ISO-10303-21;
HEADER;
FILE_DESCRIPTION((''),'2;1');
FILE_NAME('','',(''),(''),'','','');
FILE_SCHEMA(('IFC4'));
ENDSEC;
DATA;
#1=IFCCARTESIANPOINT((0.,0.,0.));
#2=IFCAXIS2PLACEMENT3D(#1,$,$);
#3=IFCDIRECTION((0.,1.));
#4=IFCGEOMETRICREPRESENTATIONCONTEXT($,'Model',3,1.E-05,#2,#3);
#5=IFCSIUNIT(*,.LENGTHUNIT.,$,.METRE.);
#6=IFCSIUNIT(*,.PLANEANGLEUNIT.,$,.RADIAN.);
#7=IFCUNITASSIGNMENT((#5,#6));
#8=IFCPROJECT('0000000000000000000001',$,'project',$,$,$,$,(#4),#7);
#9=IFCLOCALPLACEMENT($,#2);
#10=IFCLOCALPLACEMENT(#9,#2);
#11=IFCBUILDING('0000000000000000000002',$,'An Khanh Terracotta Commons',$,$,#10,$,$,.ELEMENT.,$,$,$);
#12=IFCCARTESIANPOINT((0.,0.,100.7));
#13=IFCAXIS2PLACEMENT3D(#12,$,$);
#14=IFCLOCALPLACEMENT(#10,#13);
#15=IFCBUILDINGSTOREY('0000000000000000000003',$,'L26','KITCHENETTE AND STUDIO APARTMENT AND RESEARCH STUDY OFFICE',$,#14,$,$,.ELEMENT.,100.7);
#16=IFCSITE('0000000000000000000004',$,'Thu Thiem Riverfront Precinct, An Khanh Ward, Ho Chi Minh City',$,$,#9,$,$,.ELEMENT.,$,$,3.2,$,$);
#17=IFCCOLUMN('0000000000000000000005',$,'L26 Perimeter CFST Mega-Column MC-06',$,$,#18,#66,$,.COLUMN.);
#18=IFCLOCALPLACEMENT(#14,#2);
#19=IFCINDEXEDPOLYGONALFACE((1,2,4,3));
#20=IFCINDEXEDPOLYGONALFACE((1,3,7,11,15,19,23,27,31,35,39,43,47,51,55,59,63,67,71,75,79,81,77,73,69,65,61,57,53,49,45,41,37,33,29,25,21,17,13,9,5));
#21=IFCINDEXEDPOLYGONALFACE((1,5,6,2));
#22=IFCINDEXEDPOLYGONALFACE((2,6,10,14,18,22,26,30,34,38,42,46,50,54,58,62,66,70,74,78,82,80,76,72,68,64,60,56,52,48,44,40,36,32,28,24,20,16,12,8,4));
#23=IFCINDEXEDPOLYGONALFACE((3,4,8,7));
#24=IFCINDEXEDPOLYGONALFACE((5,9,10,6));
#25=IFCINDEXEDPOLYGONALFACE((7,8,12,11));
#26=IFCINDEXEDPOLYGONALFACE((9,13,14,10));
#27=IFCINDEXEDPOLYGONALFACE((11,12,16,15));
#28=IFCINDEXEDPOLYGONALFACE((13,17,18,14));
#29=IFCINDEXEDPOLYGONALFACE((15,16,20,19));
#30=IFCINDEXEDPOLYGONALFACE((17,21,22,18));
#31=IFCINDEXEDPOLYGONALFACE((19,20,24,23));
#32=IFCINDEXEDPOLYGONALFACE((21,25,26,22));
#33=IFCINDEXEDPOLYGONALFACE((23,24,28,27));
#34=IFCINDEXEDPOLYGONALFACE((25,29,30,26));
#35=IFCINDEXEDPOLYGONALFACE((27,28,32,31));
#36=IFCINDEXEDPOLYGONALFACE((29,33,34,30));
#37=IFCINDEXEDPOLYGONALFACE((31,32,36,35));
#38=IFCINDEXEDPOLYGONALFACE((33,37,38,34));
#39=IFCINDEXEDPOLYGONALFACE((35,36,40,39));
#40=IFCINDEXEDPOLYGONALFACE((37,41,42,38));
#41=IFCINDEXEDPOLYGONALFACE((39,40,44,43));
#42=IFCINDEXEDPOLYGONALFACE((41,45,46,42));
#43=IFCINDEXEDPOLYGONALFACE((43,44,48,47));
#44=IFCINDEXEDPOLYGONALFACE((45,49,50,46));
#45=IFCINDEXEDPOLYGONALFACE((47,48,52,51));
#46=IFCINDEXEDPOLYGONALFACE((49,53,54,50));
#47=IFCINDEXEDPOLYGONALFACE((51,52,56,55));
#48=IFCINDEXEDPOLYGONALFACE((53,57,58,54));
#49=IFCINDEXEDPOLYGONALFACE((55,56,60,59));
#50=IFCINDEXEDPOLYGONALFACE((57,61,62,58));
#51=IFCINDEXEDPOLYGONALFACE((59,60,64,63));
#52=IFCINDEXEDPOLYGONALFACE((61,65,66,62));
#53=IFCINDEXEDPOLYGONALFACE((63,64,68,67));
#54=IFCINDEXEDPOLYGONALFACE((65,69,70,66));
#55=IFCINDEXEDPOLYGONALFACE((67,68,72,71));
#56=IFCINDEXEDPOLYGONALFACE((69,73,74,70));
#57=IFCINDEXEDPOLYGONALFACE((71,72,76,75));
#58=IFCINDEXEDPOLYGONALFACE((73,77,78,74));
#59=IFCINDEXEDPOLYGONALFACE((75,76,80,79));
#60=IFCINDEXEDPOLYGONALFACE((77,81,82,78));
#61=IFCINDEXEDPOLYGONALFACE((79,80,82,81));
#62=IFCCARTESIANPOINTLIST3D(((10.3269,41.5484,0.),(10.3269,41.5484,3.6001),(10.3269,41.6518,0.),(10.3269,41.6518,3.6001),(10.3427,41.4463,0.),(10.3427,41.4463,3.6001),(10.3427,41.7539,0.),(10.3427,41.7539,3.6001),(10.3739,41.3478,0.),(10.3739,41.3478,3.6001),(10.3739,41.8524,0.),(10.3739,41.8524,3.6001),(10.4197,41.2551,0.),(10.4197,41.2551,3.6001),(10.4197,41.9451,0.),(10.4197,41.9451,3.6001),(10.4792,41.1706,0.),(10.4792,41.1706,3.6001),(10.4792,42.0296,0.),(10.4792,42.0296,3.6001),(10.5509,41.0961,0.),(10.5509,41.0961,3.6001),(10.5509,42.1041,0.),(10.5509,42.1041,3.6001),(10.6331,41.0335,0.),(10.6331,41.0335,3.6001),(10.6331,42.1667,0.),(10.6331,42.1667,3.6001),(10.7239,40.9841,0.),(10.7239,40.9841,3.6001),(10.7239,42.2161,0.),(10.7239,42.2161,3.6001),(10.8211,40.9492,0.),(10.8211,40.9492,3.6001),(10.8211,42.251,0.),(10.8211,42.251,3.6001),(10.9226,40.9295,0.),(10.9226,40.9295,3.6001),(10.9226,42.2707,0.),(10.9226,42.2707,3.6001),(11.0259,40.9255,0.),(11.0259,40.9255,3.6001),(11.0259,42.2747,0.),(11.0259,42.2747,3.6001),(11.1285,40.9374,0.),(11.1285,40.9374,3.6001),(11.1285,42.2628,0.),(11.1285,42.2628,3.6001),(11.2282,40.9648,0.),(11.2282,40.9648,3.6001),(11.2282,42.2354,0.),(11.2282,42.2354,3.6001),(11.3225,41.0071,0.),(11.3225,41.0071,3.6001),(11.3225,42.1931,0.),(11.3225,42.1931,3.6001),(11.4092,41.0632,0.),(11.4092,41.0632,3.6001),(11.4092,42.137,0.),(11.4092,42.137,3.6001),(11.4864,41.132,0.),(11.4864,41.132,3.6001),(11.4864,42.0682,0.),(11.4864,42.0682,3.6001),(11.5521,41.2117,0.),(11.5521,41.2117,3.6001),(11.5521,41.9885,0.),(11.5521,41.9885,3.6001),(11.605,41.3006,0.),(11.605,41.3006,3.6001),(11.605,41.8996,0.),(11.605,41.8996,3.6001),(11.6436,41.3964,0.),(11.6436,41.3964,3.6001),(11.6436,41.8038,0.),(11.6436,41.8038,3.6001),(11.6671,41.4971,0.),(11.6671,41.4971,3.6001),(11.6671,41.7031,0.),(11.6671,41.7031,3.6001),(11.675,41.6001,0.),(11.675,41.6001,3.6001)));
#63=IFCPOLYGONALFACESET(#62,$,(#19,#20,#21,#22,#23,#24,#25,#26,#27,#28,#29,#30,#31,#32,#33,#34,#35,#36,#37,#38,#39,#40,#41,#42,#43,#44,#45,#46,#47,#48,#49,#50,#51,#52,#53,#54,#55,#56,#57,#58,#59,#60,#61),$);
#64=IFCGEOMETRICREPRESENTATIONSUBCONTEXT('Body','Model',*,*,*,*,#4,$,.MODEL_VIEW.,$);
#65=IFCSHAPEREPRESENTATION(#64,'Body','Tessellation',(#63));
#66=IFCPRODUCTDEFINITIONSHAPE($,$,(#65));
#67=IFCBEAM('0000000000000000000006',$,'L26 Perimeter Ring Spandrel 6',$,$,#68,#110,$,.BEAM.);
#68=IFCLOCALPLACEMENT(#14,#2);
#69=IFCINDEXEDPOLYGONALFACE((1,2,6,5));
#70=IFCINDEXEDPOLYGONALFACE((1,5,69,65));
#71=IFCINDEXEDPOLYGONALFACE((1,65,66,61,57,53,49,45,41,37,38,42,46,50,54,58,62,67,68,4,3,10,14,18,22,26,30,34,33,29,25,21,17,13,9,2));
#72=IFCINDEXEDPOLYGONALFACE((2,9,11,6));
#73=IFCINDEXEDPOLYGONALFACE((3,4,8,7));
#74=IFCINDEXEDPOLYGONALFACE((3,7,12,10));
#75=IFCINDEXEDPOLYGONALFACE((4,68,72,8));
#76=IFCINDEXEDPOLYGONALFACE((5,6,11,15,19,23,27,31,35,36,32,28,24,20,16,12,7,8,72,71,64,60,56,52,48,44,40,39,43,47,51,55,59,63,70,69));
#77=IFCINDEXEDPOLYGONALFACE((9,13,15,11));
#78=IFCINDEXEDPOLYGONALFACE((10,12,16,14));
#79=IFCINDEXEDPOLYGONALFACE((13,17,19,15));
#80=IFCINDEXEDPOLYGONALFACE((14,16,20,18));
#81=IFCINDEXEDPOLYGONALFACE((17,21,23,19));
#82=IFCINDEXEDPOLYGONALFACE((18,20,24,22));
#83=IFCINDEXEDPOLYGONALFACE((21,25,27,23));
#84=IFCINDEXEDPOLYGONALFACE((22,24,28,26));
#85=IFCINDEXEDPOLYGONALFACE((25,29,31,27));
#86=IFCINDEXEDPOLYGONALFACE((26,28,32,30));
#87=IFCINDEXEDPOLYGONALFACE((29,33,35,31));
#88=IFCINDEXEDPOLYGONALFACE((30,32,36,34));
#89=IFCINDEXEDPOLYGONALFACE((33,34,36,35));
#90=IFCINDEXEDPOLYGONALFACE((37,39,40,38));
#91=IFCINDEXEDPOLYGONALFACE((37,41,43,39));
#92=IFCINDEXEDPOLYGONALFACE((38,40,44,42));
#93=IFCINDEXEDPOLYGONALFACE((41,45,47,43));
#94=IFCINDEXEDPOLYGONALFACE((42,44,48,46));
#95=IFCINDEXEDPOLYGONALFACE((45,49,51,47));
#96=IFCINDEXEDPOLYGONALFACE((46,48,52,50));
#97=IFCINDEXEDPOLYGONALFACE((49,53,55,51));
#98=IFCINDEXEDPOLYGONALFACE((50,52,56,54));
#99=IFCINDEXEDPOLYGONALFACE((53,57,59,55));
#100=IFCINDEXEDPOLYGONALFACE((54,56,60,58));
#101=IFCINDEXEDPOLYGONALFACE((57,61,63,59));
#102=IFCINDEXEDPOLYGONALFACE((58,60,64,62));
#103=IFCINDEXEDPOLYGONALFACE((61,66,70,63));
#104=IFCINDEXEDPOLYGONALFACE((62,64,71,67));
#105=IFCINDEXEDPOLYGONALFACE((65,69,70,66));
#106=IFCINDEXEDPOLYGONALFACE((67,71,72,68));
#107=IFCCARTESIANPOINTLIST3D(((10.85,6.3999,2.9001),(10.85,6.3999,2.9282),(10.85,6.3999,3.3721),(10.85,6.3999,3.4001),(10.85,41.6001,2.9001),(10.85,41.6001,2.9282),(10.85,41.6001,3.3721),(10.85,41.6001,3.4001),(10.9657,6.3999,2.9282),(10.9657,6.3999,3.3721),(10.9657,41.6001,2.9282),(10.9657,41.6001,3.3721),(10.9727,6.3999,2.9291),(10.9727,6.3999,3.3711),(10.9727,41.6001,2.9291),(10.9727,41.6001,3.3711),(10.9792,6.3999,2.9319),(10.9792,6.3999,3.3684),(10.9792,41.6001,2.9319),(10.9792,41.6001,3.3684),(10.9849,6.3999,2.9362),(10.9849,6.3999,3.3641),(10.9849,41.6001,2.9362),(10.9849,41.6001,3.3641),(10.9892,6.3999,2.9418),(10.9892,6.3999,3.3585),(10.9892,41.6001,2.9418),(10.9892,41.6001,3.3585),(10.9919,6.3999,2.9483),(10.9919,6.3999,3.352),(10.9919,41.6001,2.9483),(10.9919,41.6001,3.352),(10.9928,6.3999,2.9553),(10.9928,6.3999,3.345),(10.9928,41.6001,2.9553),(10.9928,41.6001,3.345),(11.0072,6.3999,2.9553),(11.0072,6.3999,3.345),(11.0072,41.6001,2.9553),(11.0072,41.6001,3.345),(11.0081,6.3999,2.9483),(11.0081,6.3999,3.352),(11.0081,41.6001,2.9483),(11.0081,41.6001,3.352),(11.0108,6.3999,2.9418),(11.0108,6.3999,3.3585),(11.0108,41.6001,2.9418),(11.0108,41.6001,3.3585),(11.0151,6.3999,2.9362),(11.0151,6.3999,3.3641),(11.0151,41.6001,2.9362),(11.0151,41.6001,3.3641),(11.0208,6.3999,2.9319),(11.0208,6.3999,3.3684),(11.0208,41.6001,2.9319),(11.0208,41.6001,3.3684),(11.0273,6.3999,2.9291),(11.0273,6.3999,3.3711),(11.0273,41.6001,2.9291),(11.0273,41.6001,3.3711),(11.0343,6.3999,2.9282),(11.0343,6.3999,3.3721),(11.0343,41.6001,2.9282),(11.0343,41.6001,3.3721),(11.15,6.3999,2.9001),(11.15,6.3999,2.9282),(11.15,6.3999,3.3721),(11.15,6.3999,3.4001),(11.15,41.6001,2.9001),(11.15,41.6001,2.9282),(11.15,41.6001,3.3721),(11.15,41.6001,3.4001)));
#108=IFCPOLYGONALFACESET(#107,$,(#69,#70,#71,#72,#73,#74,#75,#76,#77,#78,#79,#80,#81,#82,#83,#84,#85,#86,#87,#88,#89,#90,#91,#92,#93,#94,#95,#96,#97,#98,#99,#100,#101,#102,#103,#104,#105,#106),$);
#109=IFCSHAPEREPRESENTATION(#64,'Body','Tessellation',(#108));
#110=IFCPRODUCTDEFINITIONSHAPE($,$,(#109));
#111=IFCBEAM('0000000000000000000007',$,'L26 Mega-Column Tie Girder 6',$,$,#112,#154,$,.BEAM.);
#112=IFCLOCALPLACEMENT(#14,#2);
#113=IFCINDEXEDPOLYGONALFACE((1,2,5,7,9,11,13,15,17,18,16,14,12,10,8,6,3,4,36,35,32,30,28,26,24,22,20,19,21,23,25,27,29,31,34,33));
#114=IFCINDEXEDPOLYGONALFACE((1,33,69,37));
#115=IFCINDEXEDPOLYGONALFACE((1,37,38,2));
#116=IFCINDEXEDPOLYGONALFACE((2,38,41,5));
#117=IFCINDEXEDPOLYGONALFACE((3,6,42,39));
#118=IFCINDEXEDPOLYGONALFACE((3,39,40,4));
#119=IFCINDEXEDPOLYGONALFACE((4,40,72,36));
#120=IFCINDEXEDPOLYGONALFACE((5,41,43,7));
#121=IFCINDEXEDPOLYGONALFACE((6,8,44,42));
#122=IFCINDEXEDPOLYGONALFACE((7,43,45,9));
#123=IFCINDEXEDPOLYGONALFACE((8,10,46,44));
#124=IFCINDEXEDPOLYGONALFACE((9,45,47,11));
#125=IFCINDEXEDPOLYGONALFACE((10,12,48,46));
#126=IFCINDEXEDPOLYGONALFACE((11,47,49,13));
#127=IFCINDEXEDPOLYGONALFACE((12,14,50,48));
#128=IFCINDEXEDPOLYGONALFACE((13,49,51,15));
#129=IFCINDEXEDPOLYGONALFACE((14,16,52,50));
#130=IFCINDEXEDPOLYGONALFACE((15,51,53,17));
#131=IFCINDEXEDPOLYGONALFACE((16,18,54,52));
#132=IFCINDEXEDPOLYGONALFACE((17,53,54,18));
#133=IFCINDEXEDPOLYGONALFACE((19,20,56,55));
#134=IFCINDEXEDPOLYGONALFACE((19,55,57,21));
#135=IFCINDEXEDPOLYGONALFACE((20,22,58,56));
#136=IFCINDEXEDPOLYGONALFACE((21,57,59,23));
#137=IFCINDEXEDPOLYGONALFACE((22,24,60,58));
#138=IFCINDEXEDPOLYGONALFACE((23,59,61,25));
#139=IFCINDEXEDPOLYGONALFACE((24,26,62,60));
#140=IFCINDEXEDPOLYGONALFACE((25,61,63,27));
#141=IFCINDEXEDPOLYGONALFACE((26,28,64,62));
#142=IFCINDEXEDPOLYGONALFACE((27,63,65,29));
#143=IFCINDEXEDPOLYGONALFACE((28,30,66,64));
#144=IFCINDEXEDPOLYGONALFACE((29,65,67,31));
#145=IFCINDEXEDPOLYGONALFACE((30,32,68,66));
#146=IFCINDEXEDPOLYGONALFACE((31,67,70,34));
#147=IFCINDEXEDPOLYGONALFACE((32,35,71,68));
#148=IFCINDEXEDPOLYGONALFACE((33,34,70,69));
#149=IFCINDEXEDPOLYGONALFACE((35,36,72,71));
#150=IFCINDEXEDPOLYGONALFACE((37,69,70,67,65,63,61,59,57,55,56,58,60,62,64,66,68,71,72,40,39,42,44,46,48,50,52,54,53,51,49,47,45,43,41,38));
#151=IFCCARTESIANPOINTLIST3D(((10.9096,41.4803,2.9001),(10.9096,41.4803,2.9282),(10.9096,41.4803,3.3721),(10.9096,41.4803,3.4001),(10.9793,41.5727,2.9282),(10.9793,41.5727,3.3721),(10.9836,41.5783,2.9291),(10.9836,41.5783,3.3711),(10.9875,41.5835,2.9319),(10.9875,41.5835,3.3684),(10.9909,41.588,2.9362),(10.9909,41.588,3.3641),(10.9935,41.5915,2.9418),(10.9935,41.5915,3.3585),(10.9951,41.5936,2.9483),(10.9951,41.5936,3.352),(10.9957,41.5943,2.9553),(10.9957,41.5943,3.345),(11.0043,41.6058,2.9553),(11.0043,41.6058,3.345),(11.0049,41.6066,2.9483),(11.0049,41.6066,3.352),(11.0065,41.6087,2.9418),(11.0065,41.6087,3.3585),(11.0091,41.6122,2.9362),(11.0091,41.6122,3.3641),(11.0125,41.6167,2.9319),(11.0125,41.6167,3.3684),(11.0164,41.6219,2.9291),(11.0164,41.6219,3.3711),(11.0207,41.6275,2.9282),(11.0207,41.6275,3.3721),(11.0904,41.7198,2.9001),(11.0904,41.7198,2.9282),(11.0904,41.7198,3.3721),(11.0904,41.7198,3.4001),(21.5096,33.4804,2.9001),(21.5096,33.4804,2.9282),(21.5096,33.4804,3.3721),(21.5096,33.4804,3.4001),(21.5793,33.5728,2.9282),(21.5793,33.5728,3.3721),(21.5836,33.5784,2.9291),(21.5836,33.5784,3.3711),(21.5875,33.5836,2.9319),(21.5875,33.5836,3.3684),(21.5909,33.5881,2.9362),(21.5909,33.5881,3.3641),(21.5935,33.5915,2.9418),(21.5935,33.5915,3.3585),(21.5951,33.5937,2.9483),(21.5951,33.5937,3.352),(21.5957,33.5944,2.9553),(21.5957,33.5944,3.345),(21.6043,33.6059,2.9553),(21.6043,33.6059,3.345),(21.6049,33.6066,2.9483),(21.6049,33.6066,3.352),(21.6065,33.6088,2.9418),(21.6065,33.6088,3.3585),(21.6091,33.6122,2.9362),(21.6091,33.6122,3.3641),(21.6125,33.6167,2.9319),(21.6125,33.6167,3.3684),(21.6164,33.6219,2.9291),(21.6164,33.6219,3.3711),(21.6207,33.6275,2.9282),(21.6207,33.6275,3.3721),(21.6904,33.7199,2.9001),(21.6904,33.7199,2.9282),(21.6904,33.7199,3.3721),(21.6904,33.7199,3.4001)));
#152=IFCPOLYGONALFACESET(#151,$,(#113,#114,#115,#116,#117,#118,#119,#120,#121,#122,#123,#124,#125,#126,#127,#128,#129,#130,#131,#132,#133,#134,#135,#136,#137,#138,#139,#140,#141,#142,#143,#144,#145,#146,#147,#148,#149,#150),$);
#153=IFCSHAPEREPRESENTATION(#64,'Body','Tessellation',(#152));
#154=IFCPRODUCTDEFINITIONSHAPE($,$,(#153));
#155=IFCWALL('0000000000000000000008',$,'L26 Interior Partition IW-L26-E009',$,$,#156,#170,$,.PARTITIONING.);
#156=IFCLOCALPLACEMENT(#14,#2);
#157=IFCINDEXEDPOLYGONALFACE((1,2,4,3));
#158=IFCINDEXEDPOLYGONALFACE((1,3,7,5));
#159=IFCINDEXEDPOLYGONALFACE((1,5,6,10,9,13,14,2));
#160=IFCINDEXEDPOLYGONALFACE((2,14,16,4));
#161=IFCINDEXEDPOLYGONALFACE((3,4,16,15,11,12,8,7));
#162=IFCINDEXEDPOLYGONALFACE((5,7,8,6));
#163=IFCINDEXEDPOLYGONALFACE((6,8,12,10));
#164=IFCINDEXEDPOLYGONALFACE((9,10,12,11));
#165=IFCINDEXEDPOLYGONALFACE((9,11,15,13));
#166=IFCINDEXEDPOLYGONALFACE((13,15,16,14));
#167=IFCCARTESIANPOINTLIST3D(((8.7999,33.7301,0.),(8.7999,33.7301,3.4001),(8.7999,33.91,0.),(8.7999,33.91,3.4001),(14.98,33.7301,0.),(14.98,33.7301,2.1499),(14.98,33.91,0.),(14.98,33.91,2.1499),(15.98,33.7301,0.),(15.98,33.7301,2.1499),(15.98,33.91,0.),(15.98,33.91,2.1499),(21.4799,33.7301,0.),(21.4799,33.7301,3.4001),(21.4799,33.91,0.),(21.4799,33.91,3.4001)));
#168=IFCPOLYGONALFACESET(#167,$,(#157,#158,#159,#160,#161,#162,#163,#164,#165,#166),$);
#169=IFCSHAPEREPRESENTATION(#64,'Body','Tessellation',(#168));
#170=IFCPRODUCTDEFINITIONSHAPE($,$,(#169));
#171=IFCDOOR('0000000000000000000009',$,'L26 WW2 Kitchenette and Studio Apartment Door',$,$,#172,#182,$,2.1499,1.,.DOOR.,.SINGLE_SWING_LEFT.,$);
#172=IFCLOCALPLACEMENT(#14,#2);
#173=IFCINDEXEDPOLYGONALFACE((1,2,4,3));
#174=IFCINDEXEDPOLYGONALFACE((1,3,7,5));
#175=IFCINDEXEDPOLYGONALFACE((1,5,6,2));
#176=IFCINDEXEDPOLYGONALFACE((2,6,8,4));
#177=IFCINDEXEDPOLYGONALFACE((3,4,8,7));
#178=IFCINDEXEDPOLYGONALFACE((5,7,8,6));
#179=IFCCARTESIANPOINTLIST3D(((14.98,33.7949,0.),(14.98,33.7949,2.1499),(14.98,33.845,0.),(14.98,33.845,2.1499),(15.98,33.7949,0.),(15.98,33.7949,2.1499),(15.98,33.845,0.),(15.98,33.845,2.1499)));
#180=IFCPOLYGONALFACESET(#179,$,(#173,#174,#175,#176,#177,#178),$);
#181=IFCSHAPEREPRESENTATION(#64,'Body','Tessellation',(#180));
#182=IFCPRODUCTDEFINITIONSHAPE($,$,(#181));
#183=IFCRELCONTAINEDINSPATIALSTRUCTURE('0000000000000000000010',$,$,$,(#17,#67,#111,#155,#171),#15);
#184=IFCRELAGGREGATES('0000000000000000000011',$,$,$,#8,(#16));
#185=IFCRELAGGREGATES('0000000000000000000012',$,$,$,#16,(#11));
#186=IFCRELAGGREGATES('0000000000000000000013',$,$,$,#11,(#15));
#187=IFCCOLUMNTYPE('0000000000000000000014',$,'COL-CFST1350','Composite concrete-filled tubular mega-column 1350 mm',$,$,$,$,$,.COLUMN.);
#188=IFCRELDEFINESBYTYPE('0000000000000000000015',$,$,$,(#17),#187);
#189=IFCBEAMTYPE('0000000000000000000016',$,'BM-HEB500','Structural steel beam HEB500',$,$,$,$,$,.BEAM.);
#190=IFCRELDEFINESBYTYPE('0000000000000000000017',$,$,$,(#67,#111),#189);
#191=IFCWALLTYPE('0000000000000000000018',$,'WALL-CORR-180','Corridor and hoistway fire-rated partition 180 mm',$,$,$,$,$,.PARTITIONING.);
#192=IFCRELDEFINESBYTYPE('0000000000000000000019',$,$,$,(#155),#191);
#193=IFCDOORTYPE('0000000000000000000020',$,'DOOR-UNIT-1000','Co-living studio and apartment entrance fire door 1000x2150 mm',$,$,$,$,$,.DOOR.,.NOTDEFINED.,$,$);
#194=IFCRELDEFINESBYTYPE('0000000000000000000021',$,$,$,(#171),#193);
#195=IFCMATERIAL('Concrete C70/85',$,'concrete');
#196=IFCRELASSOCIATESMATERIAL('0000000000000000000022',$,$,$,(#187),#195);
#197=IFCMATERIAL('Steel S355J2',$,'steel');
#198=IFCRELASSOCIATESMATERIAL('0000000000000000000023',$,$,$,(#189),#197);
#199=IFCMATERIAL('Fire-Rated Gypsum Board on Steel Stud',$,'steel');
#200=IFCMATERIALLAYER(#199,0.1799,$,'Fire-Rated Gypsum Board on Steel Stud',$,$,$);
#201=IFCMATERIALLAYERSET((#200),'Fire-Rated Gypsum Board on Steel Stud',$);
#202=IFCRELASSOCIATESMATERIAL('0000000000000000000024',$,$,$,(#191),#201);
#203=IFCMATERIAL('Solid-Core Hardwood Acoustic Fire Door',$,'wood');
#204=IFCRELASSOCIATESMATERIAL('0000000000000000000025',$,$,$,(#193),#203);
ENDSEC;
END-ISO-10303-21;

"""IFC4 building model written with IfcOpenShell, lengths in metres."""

from ifc_helpers import new_model, si_unit, direction, frame, frame_2d, origin, origin_2d, place, context, subcontext, project, spatial, rectangle, circle, i_section, extrude, material, layer, layer_set, material_profile, profile_set, type_object, element, fill, save


model = new_model("IFC4")

# Units and contexts
model_context = context("Model", 3, precision=1e-05, world=origin(), true_north=direction((0.0, 1.0)))
body_context = subcontext(model_context, "Body", "Model", "MODEL_VIEW")
ifc_project = project(units=[si_unit("LENGTHUNIT", "METRE"), si_unit("PLANEANGLEUNIT", "RADIAN")], contexts=[model_context])

# Site, building, storey
site_placement = place(None, origin())
site = spatial("IfcSite", under=ifc_project, at=site_placement, Name="Thu Thiem Riverfront Precinct, An Khanh Ward, Ho Chi Minh City", CompositionType="ELEMENT", RefElevation=3.2)
building_placement = place(site_placement, origin())
building = spatial("IfcBuilding", under=site, at=building_placement, Name="An Khanh Terracotta Commons", CompositionType="ELEMENT")
storey_placement = place(building_placement, frame((0.0, 0.0, 100.7)))
storey = spatial("IfcBuildingStorey", under=building, at=storey_placement, Name="L26", Description="KITCHENETTE AND STUDIO APARTMENT AND RESEARCH STUDY OFFICE", CompositionType="ELEMENT", Elevation=100.7)

# Column
ifc_material_1 = material(Name="Concrete C70/85", Category="concrete")
ifc_material_profile_1 = material_profile(ifc_material_1, circle(Radius=0.675, at=origin_2d()), Name="CFST1350")
ifc_profile_set_1 = profile_set([ifc_material_profile_1], Name="Concrete C70/85")
column_type = type_object("IfcColumnType", Name="COL-CFST1350", Description="Composite concrete-filled tubular mega-column 1350 mm", PredefinedType="COLUMN", material=ifc_profile_set_1)
column_placement = place(storey_placement, frame((11.0, 41.6001, 0.0), z_axis=(0.0, 0.0, 1.0), x_axis=(1.0, 0.0, 0.0)))
element("IfcColumn", 1, at=column_placement, inside=storey, type_object=column_type, Name="L26 Perimeter CFST Mega-Column MC-06", PredefinedType="COLUMN", context=body_context, shape_type="SweptSolid", body=[
    extrude(circle(Radius=0.675, at=origin_2d()), origin(), (0.0, 0.0, 1.0), 3.6001),
])

# Beams
ifc_material_2 = material(Name="Steel S355J2", Category="steel")
ifc_material_profile_2 = material_profile(ifc_material_2, i_section(OverallWidth=0.3, OverallDepth=0.5, WebThickness=0.0144, FlangeThickness=0.0281, FilletRadius=0.0271, at=origin_2d()), Name="HEB500")
ifc_profile_set_2 = profile_set([ifc_material_profile_2], Name="Steel S355J2")
beam_type = type_object("IfcBeamType", Name="BM-HEB500", Description="Structural steel beam HEB500", PredefinedType="BEAM", material=ifc_profile_set_2)
beam_1_placement = place(storey_placement, frame((11.0, 41.6001, 3.1501), z_axis=(0.0, -1.0, 0.0), x_axis=(1.0, 0.0, 0.0)))
element("IfcBeam", 2, at=beam_1_placement, inside=storey, type_object=beam_type, Name="L26 Perimeter Ring Spandrel 6", PredefinedType="BEAM", context=body_context, shape_type="SweptSolid", body=[
    extrude(i_section(OverallWidth=0.3, OverallDepth=0.5, WebThickness=0.0144, FlangeThickness=0.0281, FilletRadius=0.0271, at=origin_2d()), origin(), (0.0, 0.0, 1.0), 35.2002),
])
beam_2_placement = place(storey_placement, frame((11.0, 41.6001, 3.1501), z_axis=(0.798192, -0.602403, 0.0), x_axis=(0.602403, 0.798192, 0.0)))
element("IfcBeam", 3, at=beam_2_placement, inside=storey, type_object=beam_type, Name="L26 Mega-Column Tie Girder 6", PredefinedType="BEAM", context=body_context, shape_type="SweptSolid", body=[
    extrude(i_section(OverallWidth=0.3, OverallDepth=0.5, WebThickness=0.0144, FlangeThickness=0.0281, FilletRadius=0.0271, at=origin_2d()), origin(), (0.0, 0.0, 1.0), 13.28),
])

# Wall, opening, door
ifc_material_3 = material(Name="Fire-Rated Gypsum Board on Steel Stud", Category="steel")
ifc_layer_1 = layer(ifc_material_3, 0.1799, Name="Fire-Rated Gypsum Board on Steel Stud")
ifc_layer_set_1 = layer_set([ifc_layer_1], Name="Fire-Rated Gypsum Board on Steel Stud")
wall_type_1 = type_object("IfcWallType", Name="WALL-CORR-180", Description="Corridor and hoistway fire-rated partition 180 mm", PredefinedType="PARTITIONING", material=ifc_layer_set_1)
wall_1_placement = place(storey_placement, frame((8.8, 33.8201, 0.0), z_axis=(0.0, 0.0, 1.0), x_axis=(1.0, 0.0, 0.0)))
wall_1 = element("IfcWall", 4, at=wall_1_placement, inside=storey, type_object=wall_type_1, Name="L26 Interior Partition IW-L26-E009", PredefinedType="PARTITIONING", context=body_context, shape_type="SweptSolid", body=[
    extrude(rectangle(XDim=12.6799, YDim=0.1799, at=frame_2d((6.3398, 0.0))), origin(), (0.0, 0.0, 1.0), 3.4001),
])
opening_1_placement = place(wall_1_placement, frame((6.1799, 0.0, 0.0)))
opening_1 = element("IfcOpeningElement", 5, at=opening_1_placement, cuts=wall_1, PredefinedType="OPENING", context=body_context, shape_type="SweptSolid", body=[
    extrude(rectangle(XDim=1.0, YDim=2.1499, at=frame_2d((0.5, 1.075))), frame((0.0, 0.0999, 0.0), z_axis=(0.0, -1.0, 0.0), x_axis=(1.0, 0.0, 0.0)), (0.0, 0.0, 1.0), 0.2),
])
ifc_material_4 = material(Name="Solid-Core Hardwood Acoustic Fire Door", Category="wood")
door_type_1 = type_object("IfcDoorType", Name="DOOR-UNIT-1000", Description="Co-living studio and apartment entrance fire door 1000x2150 mm", OperationType="NOTDEFINED", PredefinedType="DOOR", material=ifc_material_4)
door_1_placement = place(opening_1_placement, origin())
door_1 = element("IfcDoor", 6, at=door_1_placement, inside=storey, type_object=door_type_1, Name="L26 WW2 Kitchenette and Studio Apartment Door", OperationType="SINGLE_SWING_LEFT", OverallHeight=2.1499, OverallWidth=1.0, PredefinedType="DOOR", context=body_context, shape_type="SweptSolid", body=[
    extrude(rectangle(XDim=1.0, YDim=2.1499, at=frame_2d((0.5, 1.075))), frame((0.0, 0.0249, 0.0), z_axis=(0.0, -1.0, 0.0), x_axis=(1.0, 0.0, 0.0)), (0.0, 0.0, 1.0), 0.05),
])
fill(opening_1, door_1)

save(model, "model.ifc")
